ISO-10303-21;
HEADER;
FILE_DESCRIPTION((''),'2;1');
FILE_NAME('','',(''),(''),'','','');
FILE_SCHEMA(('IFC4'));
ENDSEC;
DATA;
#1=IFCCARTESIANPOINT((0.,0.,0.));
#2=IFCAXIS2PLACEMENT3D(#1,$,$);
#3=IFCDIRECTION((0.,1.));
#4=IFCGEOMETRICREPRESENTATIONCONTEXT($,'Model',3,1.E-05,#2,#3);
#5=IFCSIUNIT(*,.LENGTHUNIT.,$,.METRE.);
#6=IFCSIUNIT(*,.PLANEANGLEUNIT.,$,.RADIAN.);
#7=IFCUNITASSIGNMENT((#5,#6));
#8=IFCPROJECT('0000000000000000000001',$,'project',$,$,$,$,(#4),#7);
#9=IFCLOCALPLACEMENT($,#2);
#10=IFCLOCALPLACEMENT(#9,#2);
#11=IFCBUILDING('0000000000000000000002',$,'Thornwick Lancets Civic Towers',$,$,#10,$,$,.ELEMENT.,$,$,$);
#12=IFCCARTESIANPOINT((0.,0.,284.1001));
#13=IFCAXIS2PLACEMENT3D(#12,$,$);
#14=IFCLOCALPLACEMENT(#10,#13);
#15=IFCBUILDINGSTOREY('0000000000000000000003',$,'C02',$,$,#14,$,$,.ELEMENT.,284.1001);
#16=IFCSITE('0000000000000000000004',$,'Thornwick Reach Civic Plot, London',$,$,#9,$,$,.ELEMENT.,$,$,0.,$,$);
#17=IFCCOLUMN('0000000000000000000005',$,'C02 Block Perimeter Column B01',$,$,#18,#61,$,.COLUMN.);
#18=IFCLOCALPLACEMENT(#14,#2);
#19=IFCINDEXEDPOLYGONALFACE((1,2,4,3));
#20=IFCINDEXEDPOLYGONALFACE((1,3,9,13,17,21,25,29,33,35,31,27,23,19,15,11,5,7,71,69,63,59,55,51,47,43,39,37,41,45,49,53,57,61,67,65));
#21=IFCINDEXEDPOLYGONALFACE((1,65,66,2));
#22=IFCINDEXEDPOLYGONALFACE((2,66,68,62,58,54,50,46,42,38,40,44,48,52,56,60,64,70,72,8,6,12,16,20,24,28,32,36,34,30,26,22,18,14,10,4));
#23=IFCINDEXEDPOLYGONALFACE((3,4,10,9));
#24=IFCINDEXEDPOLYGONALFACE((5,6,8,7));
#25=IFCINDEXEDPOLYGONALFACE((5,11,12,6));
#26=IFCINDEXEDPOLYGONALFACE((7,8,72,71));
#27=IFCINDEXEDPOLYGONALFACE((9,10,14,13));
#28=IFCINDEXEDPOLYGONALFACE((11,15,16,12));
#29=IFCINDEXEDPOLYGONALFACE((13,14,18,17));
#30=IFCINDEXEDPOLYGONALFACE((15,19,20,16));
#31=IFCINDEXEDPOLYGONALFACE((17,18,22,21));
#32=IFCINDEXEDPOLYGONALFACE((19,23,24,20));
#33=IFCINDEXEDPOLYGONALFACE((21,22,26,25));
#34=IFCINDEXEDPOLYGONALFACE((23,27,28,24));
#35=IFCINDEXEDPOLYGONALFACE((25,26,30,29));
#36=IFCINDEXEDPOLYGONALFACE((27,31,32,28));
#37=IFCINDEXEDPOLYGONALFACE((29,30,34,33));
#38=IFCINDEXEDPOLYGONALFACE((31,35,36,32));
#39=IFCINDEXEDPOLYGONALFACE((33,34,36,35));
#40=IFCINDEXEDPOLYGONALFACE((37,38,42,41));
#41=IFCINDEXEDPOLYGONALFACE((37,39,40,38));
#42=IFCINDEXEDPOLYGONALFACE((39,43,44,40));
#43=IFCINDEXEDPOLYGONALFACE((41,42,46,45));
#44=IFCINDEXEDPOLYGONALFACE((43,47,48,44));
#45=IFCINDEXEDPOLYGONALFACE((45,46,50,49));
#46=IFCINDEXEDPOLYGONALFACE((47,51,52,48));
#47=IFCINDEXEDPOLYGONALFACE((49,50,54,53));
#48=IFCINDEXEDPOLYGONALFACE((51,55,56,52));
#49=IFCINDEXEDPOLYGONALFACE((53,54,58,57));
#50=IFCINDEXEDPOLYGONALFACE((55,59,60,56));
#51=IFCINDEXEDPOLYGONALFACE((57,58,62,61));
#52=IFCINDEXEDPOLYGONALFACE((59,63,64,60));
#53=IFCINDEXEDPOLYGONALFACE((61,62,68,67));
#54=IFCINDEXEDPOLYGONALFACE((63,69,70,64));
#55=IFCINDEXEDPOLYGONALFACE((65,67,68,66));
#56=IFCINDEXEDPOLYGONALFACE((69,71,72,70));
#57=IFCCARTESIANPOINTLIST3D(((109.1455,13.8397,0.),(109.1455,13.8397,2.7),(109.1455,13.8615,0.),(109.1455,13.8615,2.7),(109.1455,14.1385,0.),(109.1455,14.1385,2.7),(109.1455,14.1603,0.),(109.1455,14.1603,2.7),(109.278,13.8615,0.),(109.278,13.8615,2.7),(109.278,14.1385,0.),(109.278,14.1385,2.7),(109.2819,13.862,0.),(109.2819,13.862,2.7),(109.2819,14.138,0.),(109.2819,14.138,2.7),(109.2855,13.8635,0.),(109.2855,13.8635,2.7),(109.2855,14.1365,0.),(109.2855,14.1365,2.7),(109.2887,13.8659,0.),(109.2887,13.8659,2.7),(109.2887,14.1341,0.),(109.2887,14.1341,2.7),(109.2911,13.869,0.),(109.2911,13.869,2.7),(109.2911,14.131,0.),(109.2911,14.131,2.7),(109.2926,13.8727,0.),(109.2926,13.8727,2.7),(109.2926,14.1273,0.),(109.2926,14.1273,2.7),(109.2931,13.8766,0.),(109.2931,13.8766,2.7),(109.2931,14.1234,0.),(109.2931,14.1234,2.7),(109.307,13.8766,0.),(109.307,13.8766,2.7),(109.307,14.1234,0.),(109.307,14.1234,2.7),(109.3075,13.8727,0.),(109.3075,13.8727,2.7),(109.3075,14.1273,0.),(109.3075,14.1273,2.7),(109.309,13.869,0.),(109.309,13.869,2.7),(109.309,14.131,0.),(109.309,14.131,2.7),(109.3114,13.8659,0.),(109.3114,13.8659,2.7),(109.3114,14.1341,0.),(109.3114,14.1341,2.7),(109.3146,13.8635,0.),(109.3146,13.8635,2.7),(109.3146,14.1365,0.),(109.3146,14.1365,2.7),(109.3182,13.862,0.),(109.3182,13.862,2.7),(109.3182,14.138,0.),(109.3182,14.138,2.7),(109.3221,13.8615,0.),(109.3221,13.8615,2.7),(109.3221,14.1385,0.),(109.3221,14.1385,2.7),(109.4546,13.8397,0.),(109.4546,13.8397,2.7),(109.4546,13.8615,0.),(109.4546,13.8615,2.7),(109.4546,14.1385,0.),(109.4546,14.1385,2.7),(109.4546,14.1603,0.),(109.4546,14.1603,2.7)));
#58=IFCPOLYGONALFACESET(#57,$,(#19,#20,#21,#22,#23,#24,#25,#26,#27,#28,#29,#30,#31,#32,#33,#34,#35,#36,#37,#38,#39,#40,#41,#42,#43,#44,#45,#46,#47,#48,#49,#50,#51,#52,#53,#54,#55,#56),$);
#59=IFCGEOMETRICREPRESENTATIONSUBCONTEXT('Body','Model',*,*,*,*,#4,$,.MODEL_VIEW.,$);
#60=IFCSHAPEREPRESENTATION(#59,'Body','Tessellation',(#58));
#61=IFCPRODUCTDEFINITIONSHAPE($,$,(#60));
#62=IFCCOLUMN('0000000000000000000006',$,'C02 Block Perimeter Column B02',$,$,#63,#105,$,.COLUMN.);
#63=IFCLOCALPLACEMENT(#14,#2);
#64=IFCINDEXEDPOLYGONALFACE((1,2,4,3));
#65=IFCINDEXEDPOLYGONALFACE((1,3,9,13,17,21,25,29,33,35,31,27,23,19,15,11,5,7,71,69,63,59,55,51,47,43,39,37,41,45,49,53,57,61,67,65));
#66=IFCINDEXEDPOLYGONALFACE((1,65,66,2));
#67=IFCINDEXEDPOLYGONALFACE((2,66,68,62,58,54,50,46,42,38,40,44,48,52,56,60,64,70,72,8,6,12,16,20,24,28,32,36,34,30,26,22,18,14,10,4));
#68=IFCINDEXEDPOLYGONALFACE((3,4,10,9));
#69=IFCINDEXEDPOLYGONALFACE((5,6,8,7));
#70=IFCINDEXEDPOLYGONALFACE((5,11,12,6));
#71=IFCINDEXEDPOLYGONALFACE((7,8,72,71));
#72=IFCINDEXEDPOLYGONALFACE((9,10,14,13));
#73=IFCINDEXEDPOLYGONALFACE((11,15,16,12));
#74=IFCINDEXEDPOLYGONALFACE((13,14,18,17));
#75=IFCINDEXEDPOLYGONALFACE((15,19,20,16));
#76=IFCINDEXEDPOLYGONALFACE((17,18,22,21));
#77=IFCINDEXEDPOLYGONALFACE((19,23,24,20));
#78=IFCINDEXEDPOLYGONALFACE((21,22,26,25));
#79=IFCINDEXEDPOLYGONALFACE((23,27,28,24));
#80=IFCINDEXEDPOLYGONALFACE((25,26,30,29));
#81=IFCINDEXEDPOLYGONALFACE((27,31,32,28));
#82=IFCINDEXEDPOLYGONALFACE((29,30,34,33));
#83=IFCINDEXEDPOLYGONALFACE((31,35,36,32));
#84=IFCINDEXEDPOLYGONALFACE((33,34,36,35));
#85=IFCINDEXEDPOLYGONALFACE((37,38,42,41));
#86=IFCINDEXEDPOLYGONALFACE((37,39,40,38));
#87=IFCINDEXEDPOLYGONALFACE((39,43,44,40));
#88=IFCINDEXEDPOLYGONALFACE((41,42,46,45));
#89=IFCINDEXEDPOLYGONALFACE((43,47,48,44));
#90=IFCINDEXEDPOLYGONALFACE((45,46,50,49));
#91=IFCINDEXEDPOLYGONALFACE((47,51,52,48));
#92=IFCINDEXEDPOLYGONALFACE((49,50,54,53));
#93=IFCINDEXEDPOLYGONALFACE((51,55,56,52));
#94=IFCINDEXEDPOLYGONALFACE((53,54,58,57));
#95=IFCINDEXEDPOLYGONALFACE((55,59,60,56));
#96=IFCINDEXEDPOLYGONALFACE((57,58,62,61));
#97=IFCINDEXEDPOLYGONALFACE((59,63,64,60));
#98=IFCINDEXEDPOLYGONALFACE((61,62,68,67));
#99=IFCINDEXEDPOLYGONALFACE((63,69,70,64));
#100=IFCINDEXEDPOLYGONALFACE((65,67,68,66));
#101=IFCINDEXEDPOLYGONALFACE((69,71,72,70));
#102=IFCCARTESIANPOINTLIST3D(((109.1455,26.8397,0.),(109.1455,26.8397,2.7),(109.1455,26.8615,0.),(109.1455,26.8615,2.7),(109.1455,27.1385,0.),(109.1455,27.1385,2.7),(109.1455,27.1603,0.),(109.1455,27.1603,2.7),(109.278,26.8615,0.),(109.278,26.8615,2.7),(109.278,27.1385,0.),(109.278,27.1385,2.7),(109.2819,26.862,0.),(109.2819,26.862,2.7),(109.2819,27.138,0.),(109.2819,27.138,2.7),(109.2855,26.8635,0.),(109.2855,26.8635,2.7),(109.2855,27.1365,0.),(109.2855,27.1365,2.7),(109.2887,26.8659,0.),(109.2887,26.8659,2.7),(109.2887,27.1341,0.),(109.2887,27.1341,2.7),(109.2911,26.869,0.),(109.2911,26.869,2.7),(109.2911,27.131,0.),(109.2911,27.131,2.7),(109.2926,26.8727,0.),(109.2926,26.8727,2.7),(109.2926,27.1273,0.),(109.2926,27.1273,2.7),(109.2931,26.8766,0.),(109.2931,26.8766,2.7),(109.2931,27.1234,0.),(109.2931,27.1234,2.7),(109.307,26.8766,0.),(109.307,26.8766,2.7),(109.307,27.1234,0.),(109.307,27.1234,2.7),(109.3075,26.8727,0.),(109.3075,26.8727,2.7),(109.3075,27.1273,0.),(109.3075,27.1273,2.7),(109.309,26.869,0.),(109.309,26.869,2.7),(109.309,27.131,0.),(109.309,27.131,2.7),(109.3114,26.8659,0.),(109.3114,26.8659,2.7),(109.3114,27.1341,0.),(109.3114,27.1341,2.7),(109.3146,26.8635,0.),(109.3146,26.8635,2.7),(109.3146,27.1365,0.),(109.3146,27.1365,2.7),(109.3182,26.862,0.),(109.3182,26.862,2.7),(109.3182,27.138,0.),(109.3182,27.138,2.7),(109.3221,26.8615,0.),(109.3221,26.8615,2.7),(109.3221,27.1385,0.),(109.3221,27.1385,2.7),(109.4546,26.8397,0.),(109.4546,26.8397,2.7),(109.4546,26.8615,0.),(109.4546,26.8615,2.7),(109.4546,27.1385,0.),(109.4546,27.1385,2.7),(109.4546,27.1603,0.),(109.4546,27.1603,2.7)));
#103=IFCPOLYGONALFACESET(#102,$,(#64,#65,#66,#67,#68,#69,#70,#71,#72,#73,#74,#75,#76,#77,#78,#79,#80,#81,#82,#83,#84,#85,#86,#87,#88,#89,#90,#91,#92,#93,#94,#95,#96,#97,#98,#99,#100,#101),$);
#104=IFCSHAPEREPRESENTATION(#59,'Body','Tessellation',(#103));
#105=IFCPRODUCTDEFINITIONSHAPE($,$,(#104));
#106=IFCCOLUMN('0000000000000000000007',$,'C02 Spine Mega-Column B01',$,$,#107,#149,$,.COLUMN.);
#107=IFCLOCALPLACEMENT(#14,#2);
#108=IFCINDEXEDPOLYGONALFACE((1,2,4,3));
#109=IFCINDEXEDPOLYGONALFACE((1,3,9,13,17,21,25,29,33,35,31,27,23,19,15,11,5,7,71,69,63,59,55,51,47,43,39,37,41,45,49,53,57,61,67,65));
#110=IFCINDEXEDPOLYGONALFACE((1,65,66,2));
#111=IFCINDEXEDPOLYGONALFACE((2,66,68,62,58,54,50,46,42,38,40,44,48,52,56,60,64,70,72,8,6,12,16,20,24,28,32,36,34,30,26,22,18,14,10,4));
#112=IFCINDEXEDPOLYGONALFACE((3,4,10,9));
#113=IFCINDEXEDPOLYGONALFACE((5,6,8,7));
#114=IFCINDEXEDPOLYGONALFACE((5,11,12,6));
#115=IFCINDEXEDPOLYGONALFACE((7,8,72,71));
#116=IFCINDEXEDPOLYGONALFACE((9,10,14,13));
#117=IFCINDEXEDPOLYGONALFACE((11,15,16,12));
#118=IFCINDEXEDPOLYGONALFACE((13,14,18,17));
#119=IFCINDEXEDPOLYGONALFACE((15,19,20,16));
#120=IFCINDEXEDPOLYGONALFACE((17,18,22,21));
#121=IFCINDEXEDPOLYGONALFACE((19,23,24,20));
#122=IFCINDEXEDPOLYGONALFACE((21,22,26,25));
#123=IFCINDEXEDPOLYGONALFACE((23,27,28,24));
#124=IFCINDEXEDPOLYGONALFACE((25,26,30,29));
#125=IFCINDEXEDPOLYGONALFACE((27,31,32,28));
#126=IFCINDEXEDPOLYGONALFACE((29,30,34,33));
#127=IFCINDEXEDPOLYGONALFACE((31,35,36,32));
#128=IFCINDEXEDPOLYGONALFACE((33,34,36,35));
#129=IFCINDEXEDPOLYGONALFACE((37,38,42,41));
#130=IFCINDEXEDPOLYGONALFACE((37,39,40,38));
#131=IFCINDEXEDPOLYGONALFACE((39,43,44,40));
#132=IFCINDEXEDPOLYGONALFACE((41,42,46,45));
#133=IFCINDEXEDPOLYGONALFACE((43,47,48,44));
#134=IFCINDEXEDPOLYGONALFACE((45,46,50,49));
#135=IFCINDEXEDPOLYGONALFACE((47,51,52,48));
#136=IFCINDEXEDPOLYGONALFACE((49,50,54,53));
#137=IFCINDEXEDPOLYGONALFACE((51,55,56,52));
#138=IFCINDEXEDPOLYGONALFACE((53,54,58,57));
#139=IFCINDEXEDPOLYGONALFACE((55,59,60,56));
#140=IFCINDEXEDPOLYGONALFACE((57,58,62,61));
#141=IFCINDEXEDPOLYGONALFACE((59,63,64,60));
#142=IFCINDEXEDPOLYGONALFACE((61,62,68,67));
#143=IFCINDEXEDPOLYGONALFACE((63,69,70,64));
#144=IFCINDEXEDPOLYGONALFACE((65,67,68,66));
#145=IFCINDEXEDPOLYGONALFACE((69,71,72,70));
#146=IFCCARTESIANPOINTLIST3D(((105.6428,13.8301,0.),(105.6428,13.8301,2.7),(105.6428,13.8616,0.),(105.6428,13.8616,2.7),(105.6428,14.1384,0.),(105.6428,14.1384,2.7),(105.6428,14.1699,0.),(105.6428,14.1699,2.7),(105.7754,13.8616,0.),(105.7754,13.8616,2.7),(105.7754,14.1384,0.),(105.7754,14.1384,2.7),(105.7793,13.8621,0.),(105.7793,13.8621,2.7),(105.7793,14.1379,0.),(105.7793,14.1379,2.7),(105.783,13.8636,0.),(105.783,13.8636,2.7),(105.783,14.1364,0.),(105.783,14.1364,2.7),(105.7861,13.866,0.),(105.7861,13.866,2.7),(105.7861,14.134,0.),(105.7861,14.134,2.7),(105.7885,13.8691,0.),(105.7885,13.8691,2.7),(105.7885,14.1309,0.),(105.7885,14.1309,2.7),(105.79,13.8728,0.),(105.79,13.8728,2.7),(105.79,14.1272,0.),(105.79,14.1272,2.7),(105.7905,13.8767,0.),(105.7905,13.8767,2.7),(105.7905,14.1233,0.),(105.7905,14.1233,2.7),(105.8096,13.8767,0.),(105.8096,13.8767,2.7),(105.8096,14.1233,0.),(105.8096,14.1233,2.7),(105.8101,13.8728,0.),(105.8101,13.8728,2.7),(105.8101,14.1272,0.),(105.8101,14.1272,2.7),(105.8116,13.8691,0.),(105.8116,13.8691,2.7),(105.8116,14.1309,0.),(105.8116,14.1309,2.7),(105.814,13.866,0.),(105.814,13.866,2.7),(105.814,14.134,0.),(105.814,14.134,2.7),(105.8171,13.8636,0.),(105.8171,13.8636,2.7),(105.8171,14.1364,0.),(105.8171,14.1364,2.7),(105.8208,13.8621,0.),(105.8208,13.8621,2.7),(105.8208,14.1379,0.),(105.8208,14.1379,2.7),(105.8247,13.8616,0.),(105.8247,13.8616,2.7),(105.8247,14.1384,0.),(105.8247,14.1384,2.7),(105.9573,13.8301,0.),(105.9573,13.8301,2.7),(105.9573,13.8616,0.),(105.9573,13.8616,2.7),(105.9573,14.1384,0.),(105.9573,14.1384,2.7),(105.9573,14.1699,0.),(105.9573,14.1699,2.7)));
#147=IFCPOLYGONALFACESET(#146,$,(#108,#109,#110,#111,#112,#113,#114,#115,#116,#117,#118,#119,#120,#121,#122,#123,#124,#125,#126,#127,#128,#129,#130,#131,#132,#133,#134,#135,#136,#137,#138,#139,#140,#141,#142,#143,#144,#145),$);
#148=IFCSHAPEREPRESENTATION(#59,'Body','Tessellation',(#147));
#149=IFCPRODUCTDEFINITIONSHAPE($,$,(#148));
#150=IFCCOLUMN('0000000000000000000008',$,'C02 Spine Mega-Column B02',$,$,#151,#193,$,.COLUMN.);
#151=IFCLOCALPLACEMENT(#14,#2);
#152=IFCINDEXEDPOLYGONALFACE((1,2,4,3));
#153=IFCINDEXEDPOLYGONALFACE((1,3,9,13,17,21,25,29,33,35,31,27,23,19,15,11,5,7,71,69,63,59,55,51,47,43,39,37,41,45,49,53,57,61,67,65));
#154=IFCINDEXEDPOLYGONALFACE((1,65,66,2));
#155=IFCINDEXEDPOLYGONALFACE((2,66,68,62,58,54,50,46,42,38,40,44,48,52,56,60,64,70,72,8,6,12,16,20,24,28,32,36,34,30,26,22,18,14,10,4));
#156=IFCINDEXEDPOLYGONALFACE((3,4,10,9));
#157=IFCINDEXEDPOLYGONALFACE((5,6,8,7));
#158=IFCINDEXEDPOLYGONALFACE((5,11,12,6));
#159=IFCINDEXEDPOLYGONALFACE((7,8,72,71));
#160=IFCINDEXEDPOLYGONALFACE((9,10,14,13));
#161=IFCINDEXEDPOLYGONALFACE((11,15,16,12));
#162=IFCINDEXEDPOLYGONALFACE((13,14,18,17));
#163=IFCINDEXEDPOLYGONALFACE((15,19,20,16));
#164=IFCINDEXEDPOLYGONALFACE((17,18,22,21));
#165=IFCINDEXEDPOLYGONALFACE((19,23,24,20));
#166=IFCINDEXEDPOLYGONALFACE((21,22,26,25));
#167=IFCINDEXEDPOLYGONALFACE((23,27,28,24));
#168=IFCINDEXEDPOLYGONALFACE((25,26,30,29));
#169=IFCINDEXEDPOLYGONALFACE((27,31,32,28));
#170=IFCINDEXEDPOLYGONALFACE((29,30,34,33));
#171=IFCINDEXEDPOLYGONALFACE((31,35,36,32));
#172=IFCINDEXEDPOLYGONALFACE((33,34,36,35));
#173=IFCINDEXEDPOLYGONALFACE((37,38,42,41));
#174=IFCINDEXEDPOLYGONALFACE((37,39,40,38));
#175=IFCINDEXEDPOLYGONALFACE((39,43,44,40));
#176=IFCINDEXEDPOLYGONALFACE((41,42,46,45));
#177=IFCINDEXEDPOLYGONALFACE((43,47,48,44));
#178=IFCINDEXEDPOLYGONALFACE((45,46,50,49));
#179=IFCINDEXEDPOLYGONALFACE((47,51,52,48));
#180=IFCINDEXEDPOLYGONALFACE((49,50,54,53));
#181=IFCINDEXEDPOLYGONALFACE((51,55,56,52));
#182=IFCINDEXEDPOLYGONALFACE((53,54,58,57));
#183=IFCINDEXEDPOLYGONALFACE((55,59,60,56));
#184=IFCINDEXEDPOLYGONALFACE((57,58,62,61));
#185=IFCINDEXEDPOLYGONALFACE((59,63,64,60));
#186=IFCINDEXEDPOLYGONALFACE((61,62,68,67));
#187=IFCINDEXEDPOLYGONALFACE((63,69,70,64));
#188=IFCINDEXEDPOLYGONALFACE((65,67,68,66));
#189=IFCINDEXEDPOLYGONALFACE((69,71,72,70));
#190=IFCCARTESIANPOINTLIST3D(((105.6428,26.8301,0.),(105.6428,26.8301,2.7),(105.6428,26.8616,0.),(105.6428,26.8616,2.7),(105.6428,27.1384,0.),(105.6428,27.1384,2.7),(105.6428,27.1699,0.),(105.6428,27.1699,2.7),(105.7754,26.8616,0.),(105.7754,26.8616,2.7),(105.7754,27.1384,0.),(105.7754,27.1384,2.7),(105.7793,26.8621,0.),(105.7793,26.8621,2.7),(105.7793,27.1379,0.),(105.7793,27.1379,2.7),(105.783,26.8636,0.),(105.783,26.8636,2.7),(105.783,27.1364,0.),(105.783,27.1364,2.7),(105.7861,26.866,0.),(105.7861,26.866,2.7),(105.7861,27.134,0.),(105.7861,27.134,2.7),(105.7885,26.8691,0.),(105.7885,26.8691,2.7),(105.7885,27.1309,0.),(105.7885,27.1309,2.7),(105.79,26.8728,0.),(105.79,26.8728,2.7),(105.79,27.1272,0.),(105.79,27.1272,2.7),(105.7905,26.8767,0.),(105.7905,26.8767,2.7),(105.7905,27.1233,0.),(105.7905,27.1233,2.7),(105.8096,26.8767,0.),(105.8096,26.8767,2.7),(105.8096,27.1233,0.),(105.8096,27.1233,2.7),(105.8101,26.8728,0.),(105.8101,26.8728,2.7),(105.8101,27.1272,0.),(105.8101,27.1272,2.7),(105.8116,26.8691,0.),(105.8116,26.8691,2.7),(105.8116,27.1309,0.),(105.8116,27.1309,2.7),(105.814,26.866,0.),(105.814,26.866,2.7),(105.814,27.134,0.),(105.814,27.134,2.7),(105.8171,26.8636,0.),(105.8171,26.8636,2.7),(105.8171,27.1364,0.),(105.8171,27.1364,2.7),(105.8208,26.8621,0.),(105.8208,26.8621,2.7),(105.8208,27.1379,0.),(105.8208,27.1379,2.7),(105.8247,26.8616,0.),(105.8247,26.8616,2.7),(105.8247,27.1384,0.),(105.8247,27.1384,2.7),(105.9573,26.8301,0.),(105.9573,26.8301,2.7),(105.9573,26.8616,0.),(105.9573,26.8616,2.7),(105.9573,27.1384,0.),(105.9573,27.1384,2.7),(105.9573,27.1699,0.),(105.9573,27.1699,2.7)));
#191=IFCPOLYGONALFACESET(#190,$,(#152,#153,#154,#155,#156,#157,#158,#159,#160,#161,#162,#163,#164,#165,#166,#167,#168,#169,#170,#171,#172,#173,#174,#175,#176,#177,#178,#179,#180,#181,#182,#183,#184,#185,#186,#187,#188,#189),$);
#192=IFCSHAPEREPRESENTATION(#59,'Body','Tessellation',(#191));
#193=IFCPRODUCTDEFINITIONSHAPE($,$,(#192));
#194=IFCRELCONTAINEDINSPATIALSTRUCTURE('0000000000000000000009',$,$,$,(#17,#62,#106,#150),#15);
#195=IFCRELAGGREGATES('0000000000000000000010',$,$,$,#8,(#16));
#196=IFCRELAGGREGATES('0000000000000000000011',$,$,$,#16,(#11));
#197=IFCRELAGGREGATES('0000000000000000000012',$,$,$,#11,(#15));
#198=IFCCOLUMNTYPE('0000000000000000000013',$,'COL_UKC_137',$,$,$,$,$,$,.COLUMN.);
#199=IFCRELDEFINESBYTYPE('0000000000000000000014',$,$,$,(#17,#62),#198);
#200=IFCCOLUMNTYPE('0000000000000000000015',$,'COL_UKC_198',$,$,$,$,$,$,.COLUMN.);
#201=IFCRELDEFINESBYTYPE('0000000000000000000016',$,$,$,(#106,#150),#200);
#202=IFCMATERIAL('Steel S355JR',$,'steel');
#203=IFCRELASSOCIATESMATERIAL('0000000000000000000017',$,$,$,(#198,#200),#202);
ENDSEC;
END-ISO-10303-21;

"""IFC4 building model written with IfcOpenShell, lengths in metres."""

from ifc_helpers import new_model, si_unit, direction, frame, origin, origin_2d, place, context, subcontext, project, spatial, i_section, extrude, material, material_profile, profile_set, type_object, element, save


model = new_model("IFC4")

# Units and contexts
model_context = context("Model", 3, precision=1e-05, world=origin(), true_north=direction((0.0, 1.0)))
body_context = subcontext(model_context, "Body", "Model", "MODEL_VIEW")
ifc_project = project(units=[si_unit("LENGTHUNIT", "METRE"), si_unit("PLANEANGLEUNIT", "RADIAN")], contexts=[model_context])

# Site, building, storey
site_placement = place(None, origin())
site = spatial("IfcSite", under=ifc_project, at=site_placement, Name="Thornwick Reach Civic Plot, London", CompositionType="ELEMENT", RefElevation=0.0)
building_placement = place(site_placement, origin())
building = spatial("IfcBuilding", under=site, at=building_placement, Name="Thornwick Lancets Civic Towers", CompositionType="ELEMENT")
storey_placement = place(building_placement, frame((0.0, 0.0, 284.1001)))
storey = spatial("IfcBuildingStorey", under=building, at=storey_placement, Name="C02", CompositionType="ELEMENT", Elevation=284.1001)

# Columns
ifc_material_1 = material(Name="Steel S355JR", Category="steel")
ifc_material_profile_1 = material_profile(ifc_material_1, i_section(OverallWidth=0.3091, OverallDepth=0.3206, WebThickness=0.0139, FlangeThickness=0.0217, FilletRadius=0.0151, at=origin_2d()), Name="UKC 305x305x137")
ifc_profile_set_1 = profile_set([ifc_material_profile_1], Name="Steel S355JR")
column_type_1 = type_object("IfcColumnType", Name="COL_UKC_137", PredefinedType="COLUMN", material=ifc_profile_set_1)
for number, where, z_axis, x_axis, name in (
    (1, (109.3, 14.0, 0.0), (0.0, 0.0, 1.0), (1.0, 0.0, 0.0), "C02 Block Perimeter Column B01"),
    (2, (109.3, 27.0, 0.0), (0.0, 0.0, 1.0), (1.0, 0.0, 0.0), "C02 Block Perimeter Column B02"),
):
    element("IfcColumn", number, at=place(storey_placement, frame(where, z_axis=z_axis, x_axis=x_axis)), inside=storey, type_object=column_type_1, Name=name, PredefinedType="COLUMN", context=body_context, shape_type="SweptSolid", body=[
        extrude(i_section(OverallWidth=0.3091, OverallDepth=0.3206, WebThickness=0.0139, FlangeThickness=0.0217, FilletRadius=0.0151, at=origin_2d()), origin(), (0.0, 0.0, 1.0), 2.7),
    ])
ifc_material_profile_2 = material_profile(ifc_material_1, i_section(OverallWidth=0.3145, OverallDepth=0.3398, WebThickness=0.019, FlangeThickness=0.0315, FilletRadius=0.0151, at=origin_2d()), Name="UKC 305x305x198")
ifc_profile_set_2 = profile_set([ifc_material_profile_2], Name="Steel S355JR")
column_type_2 = type_object("IfcColumnType", Name="COL_UKC_198", PredefinedType="COLUMN", material=ifc_profile_set_2)
for number, where, z_axis, x_axis, name in (
    (3, (105.8, 14.0, 0.0), (0.0, 0.0, 1.0), (1.0, 0.0, 0.0), "C02 Spine Mega-Column B01"),
    (4, (105.8, 27.0, 0.0), (0.0, 0.0, 1.0), (1.0, 0.0, 0.0), "C02 Spine Mega-Column B02"),
):
    element("IfcColumn", number, at=place(storey_placement, frame(where, z_axis=z_axis, x_axis=x_axis)), inside=storey, type_object=column_type_2, Name=name, PredefinedType="COLUMN", context=body_context, shape_type="SweptSolid", body=[
        extrude(i_section(OverallWidth=0.3145, OverallDepth=0.3398, WebThickness=0.019, FlangeThickness=0.0315, FilletRadius=0.0151, at=origin_2d()), origin(), (0.0, 0.0, 1.0), 2.7),
    ])

save(model, "model.ifc")
